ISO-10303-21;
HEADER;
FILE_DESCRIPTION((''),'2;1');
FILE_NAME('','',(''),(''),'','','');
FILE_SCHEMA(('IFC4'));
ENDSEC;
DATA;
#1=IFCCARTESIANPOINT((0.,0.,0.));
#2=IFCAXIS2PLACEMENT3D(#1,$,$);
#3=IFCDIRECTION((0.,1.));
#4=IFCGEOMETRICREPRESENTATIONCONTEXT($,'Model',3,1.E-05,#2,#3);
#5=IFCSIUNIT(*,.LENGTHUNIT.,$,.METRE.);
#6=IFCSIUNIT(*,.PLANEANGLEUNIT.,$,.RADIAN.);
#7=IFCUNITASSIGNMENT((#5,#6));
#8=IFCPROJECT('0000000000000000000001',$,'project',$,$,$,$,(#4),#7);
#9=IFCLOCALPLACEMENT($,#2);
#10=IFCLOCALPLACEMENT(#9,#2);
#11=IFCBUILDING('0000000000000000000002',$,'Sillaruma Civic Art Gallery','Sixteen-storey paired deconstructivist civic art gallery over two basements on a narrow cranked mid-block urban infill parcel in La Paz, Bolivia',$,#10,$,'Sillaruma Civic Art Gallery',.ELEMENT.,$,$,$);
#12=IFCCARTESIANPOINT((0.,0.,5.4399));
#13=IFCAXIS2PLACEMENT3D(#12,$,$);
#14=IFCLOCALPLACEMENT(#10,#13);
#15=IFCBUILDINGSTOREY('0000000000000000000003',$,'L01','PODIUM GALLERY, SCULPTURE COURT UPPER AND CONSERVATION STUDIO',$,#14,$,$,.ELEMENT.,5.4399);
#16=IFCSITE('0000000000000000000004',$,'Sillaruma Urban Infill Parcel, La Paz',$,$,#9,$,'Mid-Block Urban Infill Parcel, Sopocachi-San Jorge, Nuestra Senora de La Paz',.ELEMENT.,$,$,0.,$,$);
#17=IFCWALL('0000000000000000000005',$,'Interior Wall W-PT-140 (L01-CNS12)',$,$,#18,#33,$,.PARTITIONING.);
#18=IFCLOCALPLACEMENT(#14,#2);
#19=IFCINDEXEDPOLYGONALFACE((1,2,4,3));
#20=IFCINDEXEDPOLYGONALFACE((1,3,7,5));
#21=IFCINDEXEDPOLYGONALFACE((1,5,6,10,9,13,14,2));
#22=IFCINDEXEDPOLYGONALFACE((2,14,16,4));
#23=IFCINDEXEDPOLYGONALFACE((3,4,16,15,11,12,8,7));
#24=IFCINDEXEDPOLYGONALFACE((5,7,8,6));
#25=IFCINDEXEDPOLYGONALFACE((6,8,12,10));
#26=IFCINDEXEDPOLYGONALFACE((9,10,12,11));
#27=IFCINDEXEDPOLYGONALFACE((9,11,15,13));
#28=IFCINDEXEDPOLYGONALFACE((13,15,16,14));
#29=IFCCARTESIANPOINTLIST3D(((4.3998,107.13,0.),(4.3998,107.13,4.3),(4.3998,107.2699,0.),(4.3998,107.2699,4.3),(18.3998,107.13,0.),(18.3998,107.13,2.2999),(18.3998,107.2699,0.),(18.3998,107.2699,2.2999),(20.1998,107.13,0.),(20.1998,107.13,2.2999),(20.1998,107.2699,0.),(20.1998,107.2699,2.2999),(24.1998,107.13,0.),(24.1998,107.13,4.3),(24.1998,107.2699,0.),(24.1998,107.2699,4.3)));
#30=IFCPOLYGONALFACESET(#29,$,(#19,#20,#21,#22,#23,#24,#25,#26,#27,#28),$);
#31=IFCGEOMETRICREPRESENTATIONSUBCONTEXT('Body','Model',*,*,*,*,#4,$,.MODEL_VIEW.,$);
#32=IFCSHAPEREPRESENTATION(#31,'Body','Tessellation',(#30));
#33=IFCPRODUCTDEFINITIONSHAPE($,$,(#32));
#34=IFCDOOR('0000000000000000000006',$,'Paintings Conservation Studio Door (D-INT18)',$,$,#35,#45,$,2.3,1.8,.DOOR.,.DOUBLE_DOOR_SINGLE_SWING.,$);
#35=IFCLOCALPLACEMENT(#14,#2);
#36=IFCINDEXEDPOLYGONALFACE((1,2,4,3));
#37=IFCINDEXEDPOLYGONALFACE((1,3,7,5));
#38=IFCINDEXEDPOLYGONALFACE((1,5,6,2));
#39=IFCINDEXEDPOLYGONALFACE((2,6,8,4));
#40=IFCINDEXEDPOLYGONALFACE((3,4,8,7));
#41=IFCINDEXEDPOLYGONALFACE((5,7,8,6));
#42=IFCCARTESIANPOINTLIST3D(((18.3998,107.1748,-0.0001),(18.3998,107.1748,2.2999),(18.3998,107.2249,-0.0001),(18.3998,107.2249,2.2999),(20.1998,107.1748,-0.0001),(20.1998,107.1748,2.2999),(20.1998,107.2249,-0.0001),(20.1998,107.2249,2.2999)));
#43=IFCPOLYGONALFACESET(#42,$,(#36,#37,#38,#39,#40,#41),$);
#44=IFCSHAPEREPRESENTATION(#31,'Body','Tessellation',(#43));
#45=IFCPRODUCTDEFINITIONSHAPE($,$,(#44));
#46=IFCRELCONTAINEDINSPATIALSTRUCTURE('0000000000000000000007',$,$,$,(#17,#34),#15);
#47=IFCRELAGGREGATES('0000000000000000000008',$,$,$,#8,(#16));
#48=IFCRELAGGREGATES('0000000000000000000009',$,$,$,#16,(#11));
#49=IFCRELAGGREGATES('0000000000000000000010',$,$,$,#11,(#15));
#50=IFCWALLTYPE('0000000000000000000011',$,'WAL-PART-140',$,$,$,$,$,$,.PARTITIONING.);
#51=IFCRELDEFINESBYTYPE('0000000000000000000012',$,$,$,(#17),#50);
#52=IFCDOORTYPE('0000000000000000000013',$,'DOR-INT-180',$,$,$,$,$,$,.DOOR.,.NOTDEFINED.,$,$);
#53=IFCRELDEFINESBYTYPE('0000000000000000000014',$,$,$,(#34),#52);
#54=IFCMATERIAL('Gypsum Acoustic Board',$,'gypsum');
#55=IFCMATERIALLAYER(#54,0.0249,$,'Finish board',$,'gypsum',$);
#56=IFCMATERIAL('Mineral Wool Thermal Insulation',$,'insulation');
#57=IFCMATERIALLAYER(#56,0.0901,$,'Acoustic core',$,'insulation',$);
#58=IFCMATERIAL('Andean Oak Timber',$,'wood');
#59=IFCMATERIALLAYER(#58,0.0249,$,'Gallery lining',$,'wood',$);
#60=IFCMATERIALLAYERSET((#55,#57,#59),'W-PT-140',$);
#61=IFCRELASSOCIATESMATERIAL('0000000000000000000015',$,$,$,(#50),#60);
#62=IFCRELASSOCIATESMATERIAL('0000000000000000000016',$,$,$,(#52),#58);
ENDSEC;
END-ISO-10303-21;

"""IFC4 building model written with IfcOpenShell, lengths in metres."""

from ifc_helpers import new_model, si_unit, direction, frame, frame_2d, origin, place, context, subcontext, project, spatial, rectangle, extrude, material, layer, layer_set, type_object, element, fill, save


model = new_model("IFC4")

# Units and contexts
model_context = context("Model", 3, precision=1e-05, world=origin(), true_north=direction((0.0, 1.0)))
body_context = subcontext(model_context, "Body", "Model", "MODEL_VIEW")
ifc_project = project(units=[si_unit("LENGTHUNIT", "METRE"), si_unit("PLANEANGLEUNIT", "RADIAN")], contexts=[model_context])

# Site, building, storey
site_placement = place(None, origin())
site = spatial("IfcSite", under=ifc_project, at=site_placement, Name="Sillaruma Urban Infill Parcel, La Paz", LongName="Mid-Block Urban Infill Parcel, Sopocachi-San Jorge, Nuestra Senora de La Paz", CompositionType="ELEMENT", RefElevation=0.0)
building_placement = place(site_placement, origin())
building = spatial("IfcBuilding", under=site, at=building_placement, Name="Sillaruma Civic Art Gallery", Description="Sixteen-storey paired deconstructivist civic art gallery over two basements on a narrow cranked mid-block urban infill parcel in La Paz, Bolivia", LongName="Sillaruma Civic Art Gallery", CompositionType="ELEMENT")
storey_placement = place(building_placement, frame((0.0, 0.0, 5.4399)))
storey = spatial("IfcBuildingStorey", under=building, at=storey_placement, Name="L01", Description="PODIUM GALLERY, SCULPTURE COURT UPPER AND CONSERVATION STUDIO", CompositionType="ELEMENT", Elevation=5.4399)

# Shared definitions
ifc_material_1 = material(Name="Mineral Wool Thermal Insulation", Category="insulation")

# Wall, opening, door
ifc_material_2 = material(Name="Gypsum Acoustic Board", Category="gypsum")
ifc_layer_1 = layer(ifc_material_2, 0.0249, Name="Finish board", Category="gypsum")
ifc_layer_2 = layer(ifc_material_1, 0.0901, Name="Acoustic core", Category="insulation")
ifc_material_3 = material(Name="Andean Oak Timber", Category="wood")
ifc_layer_3 = layer(ifc_material_3, 0.0249, Name="Gallery lining", Category="wood")
ifc_layer_set_1 = layer_set([ifc_layer_1, ifc_layer_2, ifc_layer_3], Name="W-PT-140")
wall_type_1 = type_object("IfcWallType", Name="WAL-PART-140", PredefinedType="PARTITIONING", material=ifc_layer_set_1)
wall_placement = place(storey_placement, frame((4.3999, 107.2, 0.0), z_axis=(0.0, 0.0, 1.0), x_axis=(1.0, 0.0, 0.0)))
wall = element("IfcWall", 1, at=wall_placement, inside=storey, type_object=wall_type_1, Name="Interior Wall W-PT-140 (L01-CNS12)", PredefinedType="PARTITIONING", context=body_context, shape_type="SweptSolid", body=[
    extrude(rectangle(XDim=19.8, YDim=0.1399, at=frame_2d((9.8999, 0.0))), origin(), (0.0, 0.0, 1.0), 4.3),
])
opening_placement = place(wall_placement, frame((14.0, 0.0, 0.0)))
opening = element("IfcOpeningElement", 2, at=opening_placement, cuts=wall, PredefinedType="OPENING", context=body_context, shape_type="SweptSolid", body=[
    extrude(rectangle(XDim=1.8, YDim=2.3, at=frame_2d((0.8999, 1.1499))), frame((0.0, 0.0798, 0.0), z_axis=(0.0, -1.0, 0.0), x_axis=(1.0, 0.0, 0.0)), (0.0, 0.0, 1.0), 0.1599),
])
door_type = type_object("IfcDoorType", Name="DOR-INT-180", OperationType="NOTDEFINED", PredefinedType="DOOR", material=ifc_material_3)
door_placement = place(opening_placement, origin())
door = element("IfcDoor", 3, at=door_placement, inside=storey, type_object=door_type, Name="Paintings Conservation Studio Door (D-INT18)", OperationType="DOUBLE_DOOR_SINGLE_SWING", OverallHeight=2.3, OverallWidth=1.8, PredefinedType="DOOR", context=body_context, shape_type="SweptSolid", body=[
    extrude(rectangle(XDim=1.8, YDim=2.3, at=frame_2d((0.8999, 1.1499))), frame((0.0, 0.0249, 0.0), z_axis=(0.0, -1.0, 0.0), x_axis=(1.0, 0.0, 0.0)), (0.0, 0.0, 1.0), 0.05),
])
fill(opening, door)

save(model, "model.ifc")
